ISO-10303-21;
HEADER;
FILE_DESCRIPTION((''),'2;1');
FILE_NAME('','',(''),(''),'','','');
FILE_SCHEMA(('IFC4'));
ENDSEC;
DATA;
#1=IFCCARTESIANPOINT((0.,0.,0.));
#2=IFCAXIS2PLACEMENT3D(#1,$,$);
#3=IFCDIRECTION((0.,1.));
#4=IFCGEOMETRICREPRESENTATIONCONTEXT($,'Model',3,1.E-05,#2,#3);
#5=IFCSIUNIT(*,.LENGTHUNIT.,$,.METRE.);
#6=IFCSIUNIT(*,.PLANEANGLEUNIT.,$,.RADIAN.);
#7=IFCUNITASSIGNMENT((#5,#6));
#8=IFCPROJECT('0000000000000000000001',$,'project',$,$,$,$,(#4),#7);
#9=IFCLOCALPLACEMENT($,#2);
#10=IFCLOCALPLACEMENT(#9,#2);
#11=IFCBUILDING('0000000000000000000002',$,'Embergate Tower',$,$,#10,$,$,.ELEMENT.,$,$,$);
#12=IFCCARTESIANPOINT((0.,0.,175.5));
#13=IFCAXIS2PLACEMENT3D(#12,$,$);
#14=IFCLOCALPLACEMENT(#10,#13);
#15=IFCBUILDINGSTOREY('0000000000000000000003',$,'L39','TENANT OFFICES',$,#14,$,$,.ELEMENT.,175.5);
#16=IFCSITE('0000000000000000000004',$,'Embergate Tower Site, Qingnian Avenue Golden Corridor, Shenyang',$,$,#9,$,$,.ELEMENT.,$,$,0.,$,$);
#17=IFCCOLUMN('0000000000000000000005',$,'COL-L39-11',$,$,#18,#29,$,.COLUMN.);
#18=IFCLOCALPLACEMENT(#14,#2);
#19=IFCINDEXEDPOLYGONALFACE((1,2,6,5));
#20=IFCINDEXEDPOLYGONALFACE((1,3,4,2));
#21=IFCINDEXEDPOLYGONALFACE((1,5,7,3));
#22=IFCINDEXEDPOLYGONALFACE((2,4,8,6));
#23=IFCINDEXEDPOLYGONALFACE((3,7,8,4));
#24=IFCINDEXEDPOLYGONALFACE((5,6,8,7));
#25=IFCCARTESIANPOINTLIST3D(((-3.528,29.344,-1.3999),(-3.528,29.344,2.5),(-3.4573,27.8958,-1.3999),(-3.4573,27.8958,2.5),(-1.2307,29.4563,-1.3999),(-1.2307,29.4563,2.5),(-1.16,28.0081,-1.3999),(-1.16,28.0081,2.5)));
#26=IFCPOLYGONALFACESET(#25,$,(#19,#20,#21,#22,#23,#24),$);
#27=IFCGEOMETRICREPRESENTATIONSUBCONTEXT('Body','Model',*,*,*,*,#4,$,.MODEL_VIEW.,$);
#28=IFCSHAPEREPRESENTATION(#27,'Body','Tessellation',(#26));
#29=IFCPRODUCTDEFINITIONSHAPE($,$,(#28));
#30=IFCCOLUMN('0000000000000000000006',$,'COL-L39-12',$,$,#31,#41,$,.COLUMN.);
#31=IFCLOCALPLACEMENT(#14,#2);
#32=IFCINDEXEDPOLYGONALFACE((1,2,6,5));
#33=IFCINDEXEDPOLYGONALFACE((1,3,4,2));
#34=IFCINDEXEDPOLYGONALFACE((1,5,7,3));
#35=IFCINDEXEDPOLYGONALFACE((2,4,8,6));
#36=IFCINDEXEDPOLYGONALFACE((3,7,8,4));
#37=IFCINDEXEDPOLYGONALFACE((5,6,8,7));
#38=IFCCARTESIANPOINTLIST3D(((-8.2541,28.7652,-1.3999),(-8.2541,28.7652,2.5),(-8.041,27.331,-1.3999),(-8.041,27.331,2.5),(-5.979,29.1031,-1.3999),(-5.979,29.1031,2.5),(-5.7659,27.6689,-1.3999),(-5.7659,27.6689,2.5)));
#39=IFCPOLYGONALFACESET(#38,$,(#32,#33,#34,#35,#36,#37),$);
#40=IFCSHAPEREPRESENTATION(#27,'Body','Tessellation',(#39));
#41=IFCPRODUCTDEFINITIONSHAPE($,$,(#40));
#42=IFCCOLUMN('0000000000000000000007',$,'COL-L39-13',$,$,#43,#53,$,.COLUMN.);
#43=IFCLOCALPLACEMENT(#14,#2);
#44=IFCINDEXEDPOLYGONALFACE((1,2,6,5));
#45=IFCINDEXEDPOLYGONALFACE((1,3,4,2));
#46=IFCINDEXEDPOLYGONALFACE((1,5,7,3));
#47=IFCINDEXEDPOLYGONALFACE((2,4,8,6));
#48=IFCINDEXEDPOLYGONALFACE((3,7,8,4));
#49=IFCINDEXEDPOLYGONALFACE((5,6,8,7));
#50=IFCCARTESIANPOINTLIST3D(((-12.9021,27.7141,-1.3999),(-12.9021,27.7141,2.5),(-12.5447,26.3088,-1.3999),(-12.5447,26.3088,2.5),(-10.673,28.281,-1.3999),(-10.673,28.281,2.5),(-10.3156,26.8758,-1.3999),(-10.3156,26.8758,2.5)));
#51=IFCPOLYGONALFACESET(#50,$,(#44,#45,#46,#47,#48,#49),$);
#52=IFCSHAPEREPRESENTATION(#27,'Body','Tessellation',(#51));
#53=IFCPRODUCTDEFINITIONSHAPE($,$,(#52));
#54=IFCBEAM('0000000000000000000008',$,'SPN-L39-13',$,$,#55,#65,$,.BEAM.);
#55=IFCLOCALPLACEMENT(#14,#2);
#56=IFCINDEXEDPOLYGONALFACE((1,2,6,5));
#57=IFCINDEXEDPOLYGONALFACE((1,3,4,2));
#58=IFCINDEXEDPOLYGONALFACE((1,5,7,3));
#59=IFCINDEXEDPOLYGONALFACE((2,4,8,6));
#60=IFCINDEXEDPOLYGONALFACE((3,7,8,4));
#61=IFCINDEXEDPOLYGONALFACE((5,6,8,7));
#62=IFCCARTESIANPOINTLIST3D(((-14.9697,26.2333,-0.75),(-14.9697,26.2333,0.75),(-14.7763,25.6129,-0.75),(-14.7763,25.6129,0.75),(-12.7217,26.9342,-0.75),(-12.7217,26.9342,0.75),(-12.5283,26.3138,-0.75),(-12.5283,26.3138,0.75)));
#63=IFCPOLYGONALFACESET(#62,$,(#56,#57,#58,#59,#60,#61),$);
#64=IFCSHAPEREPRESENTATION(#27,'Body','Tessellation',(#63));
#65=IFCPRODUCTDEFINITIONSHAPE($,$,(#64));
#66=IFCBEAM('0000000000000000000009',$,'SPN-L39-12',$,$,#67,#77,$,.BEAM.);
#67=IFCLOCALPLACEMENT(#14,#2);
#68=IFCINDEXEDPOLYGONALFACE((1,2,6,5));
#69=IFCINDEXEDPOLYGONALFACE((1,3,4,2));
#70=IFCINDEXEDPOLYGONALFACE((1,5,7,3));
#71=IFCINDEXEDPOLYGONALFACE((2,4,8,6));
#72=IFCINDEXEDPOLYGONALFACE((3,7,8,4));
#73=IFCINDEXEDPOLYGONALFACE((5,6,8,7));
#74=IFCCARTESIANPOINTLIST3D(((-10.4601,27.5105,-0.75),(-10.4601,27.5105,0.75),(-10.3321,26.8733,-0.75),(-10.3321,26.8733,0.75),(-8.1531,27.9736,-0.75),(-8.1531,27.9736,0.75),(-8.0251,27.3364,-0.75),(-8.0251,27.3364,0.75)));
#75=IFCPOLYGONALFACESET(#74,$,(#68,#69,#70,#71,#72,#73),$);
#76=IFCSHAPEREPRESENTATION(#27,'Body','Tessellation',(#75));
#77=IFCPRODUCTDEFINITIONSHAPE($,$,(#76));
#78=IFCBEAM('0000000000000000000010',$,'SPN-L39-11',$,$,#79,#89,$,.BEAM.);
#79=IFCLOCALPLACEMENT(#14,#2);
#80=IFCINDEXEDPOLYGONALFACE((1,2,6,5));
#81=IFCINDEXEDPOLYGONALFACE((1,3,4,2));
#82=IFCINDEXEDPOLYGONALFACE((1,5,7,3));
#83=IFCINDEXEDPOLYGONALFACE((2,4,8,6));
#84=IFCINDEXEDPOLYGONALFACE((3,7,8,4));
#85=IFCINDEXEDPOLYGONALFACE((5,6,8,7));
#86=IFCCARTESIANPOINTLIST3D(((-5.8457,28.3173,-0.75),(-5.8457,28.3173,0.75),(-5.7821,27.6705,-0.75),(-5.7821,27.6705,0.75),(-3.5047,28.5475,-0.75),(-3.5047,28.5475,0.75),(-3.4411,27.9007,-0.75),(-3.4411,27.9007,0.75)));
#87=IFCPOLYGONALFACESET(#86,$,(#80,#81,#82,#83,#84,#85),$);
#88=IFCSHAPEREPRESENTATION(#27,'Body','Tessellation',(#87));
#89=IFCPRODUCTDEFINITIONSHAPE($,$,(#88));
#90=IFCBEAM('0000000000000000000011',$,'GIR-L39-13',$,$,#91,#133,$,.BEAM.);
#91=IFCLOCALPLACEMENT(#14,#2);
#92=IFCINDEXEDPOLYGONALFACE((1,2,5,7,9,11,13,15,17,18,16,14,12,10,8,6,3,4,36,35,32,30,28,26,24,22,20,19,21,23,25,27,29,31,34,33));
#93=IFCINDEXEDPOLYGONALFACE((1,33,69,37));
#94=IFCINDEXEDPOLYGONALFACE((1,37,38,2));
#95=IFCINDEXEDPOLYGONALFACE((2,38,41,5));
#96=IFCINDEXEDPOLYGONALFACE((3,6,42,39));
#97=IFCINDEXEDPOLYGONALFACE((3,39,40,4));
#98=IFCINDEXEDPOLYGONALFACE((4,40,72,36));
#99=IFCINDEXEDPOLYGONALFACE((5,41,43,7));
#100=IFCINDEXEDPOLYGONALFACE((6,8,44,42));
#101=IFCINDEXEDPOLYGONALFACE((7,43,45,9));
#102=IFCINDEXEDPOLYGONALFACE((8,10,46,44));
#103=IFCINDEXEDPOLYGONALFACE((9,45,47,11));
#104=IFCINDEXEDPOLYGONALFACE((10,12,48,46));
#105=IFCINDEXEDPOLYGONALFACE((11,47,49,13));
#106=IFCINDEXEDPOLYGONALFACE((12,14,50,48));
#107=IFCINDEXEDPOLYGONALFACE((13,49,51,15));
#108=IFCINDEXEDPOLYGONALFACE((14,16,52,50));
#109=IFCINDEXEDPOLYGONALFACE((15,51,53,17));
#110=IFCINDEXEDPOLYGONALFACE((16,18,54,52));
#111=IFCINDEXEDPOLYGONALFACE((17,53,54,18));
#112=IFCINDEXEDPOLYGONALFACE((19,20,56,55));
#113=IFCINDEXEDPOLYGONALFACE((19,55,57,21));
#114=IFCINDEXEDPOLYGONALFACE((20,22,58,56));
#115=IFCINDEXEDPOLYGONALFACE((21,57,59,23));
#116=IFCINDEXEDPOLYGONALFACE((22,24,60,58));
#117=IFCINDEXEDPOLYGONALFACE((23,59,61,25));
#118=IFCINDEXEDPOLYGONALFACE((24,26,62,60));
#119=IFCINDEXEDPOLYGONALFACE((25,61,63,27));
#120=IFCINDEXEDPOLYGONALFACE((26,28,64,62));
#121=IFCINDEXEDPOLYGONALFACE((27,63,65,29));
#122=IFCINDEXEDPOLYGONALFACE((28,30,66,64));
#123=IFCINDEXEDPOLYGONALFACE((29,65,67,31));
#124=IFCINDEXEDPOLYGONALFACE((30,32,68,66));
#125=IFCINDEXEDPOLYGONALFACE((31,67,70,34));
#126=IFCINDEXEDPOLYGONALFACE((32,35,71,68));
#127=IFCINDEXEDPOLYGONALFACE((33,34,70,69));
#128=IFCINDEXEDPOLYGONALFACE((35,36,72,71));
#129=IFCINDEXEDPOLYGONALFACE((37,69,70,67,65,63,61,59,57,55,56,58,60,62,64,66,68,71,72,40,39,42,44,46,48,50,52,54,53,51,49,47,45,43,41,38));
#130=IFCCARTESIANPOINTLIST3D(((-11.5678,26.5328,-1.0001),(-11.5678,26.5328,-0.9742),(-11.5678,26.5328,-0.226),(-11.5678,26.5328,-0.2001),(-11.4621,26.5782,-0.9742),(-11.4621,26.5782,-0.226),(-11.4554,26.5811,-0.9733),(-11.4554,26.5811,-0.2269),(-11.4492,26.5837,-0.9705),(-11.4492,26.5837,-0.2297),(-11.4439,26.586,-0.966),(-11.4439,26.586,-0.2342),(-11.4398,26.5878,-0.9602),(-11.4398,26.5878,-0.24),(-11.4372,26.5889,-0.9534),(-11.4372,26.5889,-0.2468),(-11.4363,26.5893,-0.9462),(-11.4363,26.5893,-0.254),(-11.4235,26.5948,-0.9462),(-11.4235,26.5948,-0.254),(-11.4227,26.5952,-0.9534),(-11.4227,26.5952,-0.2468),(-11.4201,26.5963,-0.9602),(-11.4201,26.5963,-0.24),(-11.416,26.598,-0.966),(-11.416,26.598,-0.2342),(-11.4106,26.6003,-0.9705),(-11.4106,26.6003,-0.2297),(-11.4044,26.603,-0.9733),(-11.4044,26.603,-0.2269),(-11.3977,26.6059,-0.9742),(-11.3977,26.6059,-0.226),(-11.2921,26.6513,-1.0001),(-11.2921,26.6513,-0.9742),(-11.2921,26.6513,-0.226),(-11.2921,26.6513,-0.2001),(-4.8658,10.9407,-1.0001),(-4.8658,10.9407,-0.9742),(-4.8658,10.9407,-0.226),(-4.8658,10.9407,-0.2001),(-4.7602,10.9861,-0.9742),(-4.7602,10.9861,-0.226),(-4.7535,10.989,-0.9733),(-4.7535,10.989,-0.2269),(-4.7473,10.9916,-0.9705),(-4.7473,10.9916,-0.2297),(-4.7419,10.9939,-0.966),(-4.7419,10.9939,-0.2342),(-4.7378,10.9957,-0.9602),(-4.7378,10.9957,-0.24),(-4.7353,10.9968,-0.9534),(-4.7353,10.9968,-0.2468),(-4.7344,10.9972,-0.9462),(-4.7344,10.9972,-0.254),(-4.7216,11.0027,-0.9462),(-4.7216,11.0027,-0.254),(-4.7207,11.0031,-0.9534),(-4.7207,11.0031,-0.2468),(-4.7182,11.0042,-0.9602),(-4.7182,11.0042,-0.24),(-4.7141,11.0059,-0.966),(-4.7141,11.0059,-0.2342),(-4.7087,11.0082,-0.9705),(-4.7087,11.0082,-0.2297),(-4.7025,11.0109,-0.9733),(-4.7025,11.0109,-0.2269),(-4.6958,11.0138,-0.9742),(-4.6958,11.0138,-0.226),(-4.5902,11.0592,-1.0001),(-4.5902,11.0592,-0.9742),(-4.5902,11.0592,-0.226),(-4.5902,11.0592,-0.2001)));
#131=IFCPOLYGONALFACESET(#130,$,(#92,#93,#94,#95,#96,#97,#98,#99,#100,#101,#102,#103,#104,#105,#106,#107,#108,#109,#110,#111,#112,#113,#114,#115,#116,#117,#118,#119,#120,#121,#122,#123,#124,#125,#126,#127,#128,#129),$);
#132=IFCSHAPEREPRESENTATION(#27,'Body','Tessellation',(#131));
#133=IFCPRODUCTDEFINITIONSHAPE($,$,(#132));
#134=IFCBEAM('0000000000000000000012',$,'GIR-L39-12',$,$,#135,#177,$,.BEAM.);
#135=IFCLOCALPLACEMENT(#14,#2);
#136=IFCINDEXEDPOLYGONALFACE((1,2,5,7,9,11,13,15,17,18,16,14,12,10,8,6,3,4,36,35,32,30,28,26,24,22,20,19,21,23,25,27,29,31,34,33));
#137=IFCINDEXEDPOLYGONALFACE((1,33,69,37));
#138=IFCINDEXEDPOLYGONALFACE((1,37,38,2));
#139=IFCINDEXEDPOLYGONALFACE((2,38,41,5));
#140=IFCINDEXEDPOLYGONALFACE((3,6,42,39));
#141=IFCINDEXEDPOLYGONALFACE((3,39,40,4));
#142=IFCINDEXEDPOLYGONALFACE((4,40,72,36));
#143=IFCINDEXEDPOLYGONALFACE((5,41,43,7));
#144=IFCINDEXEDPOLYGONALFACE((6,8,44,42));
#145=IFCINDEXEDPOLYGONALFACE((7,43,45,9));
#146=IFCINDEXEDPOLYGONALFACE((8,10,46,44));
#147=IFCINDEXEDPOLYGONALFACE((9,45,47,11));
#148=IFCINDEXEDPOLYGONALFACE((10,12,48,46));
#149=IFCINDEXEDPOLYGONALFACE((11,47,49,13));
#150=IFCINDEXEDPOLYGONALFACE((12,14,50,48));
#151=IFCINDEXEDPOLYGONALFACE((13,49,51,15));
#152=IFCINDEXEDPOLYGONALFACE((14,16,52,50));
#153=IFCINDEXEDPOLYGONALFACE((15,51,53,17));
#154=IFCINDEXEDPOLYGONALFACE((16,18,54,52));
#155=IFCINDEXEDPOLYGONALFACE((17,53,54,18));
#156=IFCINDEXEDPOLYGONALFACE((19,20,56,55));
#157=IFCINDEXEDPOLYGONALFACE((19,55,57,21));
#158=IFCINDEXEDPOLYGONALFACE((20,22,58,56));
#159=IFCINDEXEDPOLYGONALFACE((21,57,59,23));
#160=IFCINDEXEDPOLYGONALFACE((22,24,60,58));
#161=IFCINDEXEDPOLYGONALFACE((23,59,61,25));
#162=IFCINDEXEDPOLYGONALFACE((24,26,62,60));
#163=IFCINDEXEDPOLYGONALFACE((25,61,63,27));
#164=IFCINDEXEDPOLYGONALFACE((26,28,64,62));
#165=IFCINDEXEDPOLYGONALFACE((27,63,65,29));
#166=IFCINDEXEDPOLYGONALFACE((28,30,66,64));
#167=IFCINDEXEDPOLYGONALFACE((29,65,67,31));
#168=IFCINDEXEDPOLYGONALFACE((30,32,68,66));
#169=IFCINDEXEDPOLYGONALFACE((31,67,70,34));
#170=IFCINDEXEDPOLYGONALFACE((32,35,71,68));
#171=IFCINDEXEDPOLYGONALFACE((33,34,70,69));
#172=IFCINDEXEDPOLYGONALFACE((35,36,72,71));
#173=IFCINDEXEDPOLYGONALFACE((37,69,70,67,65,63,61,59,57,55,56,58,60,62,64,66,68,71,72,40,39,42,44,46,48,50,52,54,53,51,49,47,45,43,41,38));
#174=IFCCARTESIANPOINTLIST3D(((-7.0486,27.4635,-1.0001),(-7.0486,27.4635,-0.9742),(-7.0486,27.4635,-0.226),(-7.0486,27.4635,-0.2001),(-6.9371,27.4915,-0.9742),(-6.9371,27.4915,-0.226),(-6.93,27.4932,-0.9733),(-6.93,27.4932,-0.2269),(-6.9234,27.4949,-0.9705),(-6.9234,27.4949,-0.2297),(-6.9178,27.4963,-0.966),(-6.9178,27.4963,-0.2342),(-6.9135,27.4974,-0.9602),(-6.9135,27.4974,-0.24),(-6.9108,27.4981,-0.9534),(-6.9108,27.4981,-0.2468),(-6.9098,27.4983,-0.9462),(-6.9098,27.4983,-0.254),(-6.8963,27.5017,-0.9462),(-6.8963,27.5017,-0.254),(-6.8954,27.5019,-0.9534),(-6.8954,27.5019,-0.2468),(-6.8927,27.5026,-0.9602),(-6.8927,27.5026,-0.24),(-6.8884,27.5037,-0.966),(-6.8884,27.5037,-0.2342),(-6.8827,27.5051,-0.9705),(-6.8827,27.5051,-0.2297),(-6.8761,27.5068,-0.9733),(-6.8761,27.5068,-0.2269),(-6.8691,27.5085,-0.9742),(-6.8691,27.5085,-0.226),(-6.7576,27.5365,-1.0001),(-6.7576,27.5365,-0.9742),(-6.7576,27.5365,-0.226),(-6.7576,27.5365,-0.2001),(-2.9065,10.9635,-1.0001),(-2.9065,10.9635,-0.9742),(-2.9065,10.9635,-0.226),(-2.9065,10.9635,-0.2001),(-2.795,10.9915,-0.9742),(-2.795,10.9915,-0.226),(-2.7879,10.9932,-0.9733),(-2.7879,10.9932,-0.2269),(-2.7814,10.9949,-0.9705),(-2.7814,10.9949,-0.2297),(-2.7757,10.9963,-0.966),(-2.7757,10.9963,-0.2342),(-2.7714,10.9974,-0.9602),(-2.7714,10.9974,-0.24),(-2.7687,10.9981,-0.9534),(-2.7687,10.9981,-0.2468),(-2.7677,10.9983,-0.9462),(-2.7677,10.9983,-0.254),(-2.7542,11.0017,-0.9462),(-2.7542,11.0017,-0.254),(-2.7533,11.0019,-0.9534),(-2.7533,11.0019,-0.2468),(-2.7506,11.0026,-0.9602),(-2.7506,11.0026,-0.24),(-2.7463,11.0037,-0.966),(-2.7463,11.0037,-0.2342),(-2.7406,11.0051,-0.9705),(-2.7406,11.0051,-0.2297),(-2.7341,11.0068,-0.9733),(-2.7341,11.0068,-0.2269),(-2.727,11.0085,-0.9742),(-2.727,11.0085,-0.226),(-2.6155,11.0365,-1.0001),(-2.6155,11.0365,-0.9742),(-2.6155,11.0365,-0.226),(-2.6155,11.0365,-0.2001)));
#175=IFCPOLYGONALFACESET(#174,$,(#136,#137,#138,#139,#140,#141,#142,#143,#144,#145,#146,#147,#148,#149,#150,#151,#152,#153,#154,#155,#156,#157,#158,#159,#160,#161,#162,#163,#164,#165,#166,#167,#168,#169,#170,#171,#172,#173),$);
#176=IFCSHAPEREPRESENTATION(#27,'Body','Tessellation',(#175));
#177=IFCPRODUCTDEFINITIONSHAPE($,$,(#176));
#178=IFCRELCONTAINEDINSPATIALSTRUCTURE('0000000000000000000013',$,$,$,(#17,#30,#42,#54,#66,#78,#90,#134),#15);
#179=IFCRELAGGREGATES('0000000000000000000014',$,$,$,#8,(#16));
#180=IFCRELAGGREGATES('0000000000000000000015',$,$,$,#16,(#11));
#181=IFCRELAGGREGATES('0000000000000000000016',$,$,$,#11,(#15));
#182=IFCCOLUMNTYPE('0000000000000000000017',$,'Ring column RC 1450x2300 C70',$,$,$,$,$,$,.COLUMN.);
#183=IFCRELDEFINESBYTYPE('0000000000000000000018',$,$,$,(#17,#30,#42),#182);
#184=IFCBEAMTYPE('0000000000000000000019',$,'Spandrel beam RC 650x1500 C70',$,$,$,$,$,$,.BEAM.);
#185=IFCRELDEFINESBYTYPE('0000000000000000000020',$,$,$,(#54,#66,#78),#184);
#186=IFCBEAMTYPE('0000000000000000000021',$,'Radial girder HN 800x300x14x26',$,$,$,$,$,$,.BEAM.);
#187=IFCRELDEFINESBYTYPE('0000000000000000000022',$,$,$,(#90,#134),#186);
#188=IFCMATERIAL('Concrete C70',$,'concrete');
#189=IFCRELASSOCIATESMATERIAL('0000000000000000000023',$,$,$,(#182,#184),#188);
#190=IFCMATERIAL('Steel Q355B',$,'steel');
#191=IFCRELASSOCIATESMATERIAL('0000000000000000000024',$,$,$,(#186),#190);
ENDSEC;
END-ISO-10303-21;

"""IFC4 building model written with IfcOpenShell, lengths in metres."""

from ifc_helpers import new_model, si_unit, direction, frame, origin, origin_2d, place, context, subcontext, project, spatial, rectangle, i_section, extrude, source, transform, mapped, material, material_profile, profile_set, type_object, element, save


model = new_model("IFC4")

# Units and contexts
model_context = context("Model", 3, precision=1e-05, world=origin(), true_north=direction((0.0, 1.0)))
body_context = subcontext(model_context, "Body", "Model", "MODEL_VIEW")
ifc_project = project(units=[si_unit("LENGTHUNIT", "METRE"), si_unit("PLANEANGLEUNIT", "RADIAN")], contexts=[model_context])

# Site, building, storey
site_placement = place(None, origin())
site = spatial("IfcSite", under=ifc_project, at=site_placement, Name="Embergate Tower Site, Qingnian Avenue Golden Corridor, Shenyang", CompositionType="ELEMENT", RefElevation=0.0)
building_placement = place(site_placement, origin())
building = spatial("IfcBuilding", under=site, at=building_placement, Name="Embergate Tower", CompositionType="ELEMENT")
storey_placement = place(building_placement, frame((0.0, 0.0, 175.5)))
storey = spatial("IfcBuildingStorey", under=building, at=storey_placement, Name="L39", Description="TENANT OFFICES", CompositionType="ELEMENT", Elevation=175.5)

# Columns
ifc_material_1 = material(Name="Concrete C70", Category="concrete")
ifc_material_profile_1 = material_profile(ifc_material_1, rectangle(XDim=1.45, YDim=2.3, at=origin_2d()), Name="RC 1450x2300")
ifc_profile_set_1 = profile_set([ifc_material_profile_1], Name="Concrete C70")
column_type = type_object("IfcColumnType", Name="Ring column RC 1450x2300 C70", PredefinedType="COLUMN", material=ifc_profile_set_1)
shared_shape_1 = source(origin(), body_context, "Body", "SweptSolid", [
    extrude(rectangle(XDim=1.45, YDim=2.3, at=origin_2d()), origin(), (0.0, 0.0, 1.0), 3.8999),
])
for number, where, z_axis, x_axis, name in (
    (1, (-2.344, 28.676, -1.3999), (0.0, 0.0, 1.0), (-0.048815, 0.998808, 0.0), "COL-L39-11"),
    (2, (-7.01, 28.217, -1.3999), (0.0, 0.0, 1.0), (-0.146929, 0.989147, 0.0), "COL-L39-12"),
    (3, (-11.6089, 27.2949, -1.3999), (0.0, 0.0, 1.0), (-0.246492, 0.969145, 0.0), "COL-L39-13"),
):
    element("IfcColumn", number, at=place(storey_placement, frame(where, z_axis=z_axis, x_axis=x_axis)), inside=storey, type_object=column_type, Name=name, PredefinedType="COLUMN", context=body_context, shape_type="MappedRepresentation", body=[
        mapped(shared_shape_1, transform((0.0, 0.0, 0.0))),
    ])

# Beams
ifc_material_profile_2 = material_profile(ifc_material_1, rectangle(XDim=0.6499, YDim=1.5, at=origin_2d()), Name="RC 650x1500")
ifc_profile_set_2 = profile_set([ifc_material_profile_2], Name="Concrete C70")
beam_type_1 = type_object("IfcBeamType", Name="Spandrel beam RC 650x1500 C70", PredefinedType="BEAM", material=ifc_profile_set_2)
shared_shape_2 = source(origin(), body_context, "Body", "SweptSolid", [
    extrude(rectangle(XDim=0.6499, YDim=1.5, at=origin_2d()), origin(), (0.0, 0.0, 1.0), 2.3547),
])
beam_1_placement = place(storey_placement, frame((-12.625, 26.624, 0.0), z_axis=(-0.954672, -0.297661, 0.0), x_axis=(0.297661, -0.954672, 0.0)))
element("IfcBeam", 4, at=beam_1_placement, inside=storey, type_object=beam_type_1, Name="SPN-L39-13", PredefinedType="BEAM", context=body_context, shape_type="MappedRepresentation", body=[
    mapped(shared_shape_2, transform((0.0, 0.0, 0.0))),
])
shared_shape_3 = source(origin(), body_context, "Body", "SweptSolid", [
    extrude(rectangle(XDim=0.6499, YDim=1.5, at=origin_2d()), origin(), (0.0, 0.0, 1.0), 2.353),
])
beam_2_placement = place(storey_placement, frame((-8.0891, 27.655, 0.0), z_axis=(-0.980437, -0.196834, 0.0), x_axis=(0.196834, -0.980437, 0.0)))
element("IfcBeam", 5, at=beam_2_placement, inside=storey, type_object=beam_type_1, Name="SPN-L39-12", PredefinedType="BEAM", context=body_context, shape_type="MappedRepresentation", body=[
    mapped(shared_shape_3, transform((0.0, 0.0, 0.0))),
])
shared_shape_4 = source(origin(), body_context, "Body", "SweptSolid", [
    extrude(rectangle(XDim=0.6499, YDim=1.5, at=origin_2d()), origin(), (0.0, 0.0, 1.0), 2.3523),
])
beam_3_placement = place(storey_placement, frame((-3.4729, 28.2241, 0.0), z_axis=(-0.995199, -0.09787, 0.0), x_axis=(0.09787, -0.995199, 0.0)))
element("IfcBeam", 6, at=beam_3_placement, inside=storey, type_object=beam_type_1, Name="SPN-L39-11", PredefinedType="BEAM", context=body_context, shape_type="MappedRepresentation", body=[
    mapped(shared_shape_4, transform((0.0, 0.0, 0.0))),
])
ifc_material_2 = material(Name="Steel Q355B", Category="steel")
ifc_material_profile_3 = material_profile(ifc_material_2, i_section(OverallWidth=0.3, OverallDepth=0.8, WebThickness=0.0139, FlangeThickness=0.0259, FilletRadius=0.0281, at=origin_2d()), Name="HN 800x300x14x26")
ifc_profile_set_3 = profile_set([ifc_material_profile_3], Name="Steel Q355 grade B")
beam_type_2 = type_object("IfcBeamType", Name="Radial girder HN 800x300x14x26", PredefinedType="BEAM", material=ifc_profile_set_3)
shared_shape_5 = source(origin(), body_context, "Body", "SweptSolid", [
    extrude(i_section(OverallWidth=0.3, OverallDepth=0.8, WebThickness=0.0139, FlangeThickness=0.0259, FilletRadius=0.0281, at=origin_2d()), origin(), (0.0, 0.0, 1.0), 16.9714),
])
beam_4_placement = place(storey_placement, frame((-11.4299, 26.592, -0.6001), z_axis=(0.394895, -0.918726, 0.0), x_axis=(0.918726, 0.394895, 0.0)))
element("IfcBeam", 7, at=beam_4_placement, inside=storey, type_object=beam_type_2, Name="GIR-L39-13", PredefinedType="BEAM", context=body_context, shape_type="MappedRepresentation", body=[
    mapped(shared_shape_5, transform((0.0, 0.0, 0.0))),
])
shared_shape_6 = source(origin(), body_context, "Body", "SweptSolid", [
    extrude(i_section(OverallWidth=0.3, OverallDepth=0.8, WebThickness=0.0139, FlangeThickness=0.0259, FilletRadius=0.0281, at=origin_2d()), origin(), (0.0, 0.0, 1.0), 17.012),
])
beam_5_placement = place(storey_placement, frame((-6.9031, 27.5, -0.6001), z_axis=(0.243481, -0.969906, 0.0), x_axis=(0.969906, 0.243481, 0.0)))
element("IfcBeam", 8, at=beam_5_placement, inside=storey, type_object=beam_type_2, Name="GIR-L39-12", PredefinedType="BEAM", context=body_context, shape_type="MappedRepresentation", body=[
    mapped(shared_shape_6, transform((0.0, 0.0, 0.0))),
])

save(model, "model.ifc")
